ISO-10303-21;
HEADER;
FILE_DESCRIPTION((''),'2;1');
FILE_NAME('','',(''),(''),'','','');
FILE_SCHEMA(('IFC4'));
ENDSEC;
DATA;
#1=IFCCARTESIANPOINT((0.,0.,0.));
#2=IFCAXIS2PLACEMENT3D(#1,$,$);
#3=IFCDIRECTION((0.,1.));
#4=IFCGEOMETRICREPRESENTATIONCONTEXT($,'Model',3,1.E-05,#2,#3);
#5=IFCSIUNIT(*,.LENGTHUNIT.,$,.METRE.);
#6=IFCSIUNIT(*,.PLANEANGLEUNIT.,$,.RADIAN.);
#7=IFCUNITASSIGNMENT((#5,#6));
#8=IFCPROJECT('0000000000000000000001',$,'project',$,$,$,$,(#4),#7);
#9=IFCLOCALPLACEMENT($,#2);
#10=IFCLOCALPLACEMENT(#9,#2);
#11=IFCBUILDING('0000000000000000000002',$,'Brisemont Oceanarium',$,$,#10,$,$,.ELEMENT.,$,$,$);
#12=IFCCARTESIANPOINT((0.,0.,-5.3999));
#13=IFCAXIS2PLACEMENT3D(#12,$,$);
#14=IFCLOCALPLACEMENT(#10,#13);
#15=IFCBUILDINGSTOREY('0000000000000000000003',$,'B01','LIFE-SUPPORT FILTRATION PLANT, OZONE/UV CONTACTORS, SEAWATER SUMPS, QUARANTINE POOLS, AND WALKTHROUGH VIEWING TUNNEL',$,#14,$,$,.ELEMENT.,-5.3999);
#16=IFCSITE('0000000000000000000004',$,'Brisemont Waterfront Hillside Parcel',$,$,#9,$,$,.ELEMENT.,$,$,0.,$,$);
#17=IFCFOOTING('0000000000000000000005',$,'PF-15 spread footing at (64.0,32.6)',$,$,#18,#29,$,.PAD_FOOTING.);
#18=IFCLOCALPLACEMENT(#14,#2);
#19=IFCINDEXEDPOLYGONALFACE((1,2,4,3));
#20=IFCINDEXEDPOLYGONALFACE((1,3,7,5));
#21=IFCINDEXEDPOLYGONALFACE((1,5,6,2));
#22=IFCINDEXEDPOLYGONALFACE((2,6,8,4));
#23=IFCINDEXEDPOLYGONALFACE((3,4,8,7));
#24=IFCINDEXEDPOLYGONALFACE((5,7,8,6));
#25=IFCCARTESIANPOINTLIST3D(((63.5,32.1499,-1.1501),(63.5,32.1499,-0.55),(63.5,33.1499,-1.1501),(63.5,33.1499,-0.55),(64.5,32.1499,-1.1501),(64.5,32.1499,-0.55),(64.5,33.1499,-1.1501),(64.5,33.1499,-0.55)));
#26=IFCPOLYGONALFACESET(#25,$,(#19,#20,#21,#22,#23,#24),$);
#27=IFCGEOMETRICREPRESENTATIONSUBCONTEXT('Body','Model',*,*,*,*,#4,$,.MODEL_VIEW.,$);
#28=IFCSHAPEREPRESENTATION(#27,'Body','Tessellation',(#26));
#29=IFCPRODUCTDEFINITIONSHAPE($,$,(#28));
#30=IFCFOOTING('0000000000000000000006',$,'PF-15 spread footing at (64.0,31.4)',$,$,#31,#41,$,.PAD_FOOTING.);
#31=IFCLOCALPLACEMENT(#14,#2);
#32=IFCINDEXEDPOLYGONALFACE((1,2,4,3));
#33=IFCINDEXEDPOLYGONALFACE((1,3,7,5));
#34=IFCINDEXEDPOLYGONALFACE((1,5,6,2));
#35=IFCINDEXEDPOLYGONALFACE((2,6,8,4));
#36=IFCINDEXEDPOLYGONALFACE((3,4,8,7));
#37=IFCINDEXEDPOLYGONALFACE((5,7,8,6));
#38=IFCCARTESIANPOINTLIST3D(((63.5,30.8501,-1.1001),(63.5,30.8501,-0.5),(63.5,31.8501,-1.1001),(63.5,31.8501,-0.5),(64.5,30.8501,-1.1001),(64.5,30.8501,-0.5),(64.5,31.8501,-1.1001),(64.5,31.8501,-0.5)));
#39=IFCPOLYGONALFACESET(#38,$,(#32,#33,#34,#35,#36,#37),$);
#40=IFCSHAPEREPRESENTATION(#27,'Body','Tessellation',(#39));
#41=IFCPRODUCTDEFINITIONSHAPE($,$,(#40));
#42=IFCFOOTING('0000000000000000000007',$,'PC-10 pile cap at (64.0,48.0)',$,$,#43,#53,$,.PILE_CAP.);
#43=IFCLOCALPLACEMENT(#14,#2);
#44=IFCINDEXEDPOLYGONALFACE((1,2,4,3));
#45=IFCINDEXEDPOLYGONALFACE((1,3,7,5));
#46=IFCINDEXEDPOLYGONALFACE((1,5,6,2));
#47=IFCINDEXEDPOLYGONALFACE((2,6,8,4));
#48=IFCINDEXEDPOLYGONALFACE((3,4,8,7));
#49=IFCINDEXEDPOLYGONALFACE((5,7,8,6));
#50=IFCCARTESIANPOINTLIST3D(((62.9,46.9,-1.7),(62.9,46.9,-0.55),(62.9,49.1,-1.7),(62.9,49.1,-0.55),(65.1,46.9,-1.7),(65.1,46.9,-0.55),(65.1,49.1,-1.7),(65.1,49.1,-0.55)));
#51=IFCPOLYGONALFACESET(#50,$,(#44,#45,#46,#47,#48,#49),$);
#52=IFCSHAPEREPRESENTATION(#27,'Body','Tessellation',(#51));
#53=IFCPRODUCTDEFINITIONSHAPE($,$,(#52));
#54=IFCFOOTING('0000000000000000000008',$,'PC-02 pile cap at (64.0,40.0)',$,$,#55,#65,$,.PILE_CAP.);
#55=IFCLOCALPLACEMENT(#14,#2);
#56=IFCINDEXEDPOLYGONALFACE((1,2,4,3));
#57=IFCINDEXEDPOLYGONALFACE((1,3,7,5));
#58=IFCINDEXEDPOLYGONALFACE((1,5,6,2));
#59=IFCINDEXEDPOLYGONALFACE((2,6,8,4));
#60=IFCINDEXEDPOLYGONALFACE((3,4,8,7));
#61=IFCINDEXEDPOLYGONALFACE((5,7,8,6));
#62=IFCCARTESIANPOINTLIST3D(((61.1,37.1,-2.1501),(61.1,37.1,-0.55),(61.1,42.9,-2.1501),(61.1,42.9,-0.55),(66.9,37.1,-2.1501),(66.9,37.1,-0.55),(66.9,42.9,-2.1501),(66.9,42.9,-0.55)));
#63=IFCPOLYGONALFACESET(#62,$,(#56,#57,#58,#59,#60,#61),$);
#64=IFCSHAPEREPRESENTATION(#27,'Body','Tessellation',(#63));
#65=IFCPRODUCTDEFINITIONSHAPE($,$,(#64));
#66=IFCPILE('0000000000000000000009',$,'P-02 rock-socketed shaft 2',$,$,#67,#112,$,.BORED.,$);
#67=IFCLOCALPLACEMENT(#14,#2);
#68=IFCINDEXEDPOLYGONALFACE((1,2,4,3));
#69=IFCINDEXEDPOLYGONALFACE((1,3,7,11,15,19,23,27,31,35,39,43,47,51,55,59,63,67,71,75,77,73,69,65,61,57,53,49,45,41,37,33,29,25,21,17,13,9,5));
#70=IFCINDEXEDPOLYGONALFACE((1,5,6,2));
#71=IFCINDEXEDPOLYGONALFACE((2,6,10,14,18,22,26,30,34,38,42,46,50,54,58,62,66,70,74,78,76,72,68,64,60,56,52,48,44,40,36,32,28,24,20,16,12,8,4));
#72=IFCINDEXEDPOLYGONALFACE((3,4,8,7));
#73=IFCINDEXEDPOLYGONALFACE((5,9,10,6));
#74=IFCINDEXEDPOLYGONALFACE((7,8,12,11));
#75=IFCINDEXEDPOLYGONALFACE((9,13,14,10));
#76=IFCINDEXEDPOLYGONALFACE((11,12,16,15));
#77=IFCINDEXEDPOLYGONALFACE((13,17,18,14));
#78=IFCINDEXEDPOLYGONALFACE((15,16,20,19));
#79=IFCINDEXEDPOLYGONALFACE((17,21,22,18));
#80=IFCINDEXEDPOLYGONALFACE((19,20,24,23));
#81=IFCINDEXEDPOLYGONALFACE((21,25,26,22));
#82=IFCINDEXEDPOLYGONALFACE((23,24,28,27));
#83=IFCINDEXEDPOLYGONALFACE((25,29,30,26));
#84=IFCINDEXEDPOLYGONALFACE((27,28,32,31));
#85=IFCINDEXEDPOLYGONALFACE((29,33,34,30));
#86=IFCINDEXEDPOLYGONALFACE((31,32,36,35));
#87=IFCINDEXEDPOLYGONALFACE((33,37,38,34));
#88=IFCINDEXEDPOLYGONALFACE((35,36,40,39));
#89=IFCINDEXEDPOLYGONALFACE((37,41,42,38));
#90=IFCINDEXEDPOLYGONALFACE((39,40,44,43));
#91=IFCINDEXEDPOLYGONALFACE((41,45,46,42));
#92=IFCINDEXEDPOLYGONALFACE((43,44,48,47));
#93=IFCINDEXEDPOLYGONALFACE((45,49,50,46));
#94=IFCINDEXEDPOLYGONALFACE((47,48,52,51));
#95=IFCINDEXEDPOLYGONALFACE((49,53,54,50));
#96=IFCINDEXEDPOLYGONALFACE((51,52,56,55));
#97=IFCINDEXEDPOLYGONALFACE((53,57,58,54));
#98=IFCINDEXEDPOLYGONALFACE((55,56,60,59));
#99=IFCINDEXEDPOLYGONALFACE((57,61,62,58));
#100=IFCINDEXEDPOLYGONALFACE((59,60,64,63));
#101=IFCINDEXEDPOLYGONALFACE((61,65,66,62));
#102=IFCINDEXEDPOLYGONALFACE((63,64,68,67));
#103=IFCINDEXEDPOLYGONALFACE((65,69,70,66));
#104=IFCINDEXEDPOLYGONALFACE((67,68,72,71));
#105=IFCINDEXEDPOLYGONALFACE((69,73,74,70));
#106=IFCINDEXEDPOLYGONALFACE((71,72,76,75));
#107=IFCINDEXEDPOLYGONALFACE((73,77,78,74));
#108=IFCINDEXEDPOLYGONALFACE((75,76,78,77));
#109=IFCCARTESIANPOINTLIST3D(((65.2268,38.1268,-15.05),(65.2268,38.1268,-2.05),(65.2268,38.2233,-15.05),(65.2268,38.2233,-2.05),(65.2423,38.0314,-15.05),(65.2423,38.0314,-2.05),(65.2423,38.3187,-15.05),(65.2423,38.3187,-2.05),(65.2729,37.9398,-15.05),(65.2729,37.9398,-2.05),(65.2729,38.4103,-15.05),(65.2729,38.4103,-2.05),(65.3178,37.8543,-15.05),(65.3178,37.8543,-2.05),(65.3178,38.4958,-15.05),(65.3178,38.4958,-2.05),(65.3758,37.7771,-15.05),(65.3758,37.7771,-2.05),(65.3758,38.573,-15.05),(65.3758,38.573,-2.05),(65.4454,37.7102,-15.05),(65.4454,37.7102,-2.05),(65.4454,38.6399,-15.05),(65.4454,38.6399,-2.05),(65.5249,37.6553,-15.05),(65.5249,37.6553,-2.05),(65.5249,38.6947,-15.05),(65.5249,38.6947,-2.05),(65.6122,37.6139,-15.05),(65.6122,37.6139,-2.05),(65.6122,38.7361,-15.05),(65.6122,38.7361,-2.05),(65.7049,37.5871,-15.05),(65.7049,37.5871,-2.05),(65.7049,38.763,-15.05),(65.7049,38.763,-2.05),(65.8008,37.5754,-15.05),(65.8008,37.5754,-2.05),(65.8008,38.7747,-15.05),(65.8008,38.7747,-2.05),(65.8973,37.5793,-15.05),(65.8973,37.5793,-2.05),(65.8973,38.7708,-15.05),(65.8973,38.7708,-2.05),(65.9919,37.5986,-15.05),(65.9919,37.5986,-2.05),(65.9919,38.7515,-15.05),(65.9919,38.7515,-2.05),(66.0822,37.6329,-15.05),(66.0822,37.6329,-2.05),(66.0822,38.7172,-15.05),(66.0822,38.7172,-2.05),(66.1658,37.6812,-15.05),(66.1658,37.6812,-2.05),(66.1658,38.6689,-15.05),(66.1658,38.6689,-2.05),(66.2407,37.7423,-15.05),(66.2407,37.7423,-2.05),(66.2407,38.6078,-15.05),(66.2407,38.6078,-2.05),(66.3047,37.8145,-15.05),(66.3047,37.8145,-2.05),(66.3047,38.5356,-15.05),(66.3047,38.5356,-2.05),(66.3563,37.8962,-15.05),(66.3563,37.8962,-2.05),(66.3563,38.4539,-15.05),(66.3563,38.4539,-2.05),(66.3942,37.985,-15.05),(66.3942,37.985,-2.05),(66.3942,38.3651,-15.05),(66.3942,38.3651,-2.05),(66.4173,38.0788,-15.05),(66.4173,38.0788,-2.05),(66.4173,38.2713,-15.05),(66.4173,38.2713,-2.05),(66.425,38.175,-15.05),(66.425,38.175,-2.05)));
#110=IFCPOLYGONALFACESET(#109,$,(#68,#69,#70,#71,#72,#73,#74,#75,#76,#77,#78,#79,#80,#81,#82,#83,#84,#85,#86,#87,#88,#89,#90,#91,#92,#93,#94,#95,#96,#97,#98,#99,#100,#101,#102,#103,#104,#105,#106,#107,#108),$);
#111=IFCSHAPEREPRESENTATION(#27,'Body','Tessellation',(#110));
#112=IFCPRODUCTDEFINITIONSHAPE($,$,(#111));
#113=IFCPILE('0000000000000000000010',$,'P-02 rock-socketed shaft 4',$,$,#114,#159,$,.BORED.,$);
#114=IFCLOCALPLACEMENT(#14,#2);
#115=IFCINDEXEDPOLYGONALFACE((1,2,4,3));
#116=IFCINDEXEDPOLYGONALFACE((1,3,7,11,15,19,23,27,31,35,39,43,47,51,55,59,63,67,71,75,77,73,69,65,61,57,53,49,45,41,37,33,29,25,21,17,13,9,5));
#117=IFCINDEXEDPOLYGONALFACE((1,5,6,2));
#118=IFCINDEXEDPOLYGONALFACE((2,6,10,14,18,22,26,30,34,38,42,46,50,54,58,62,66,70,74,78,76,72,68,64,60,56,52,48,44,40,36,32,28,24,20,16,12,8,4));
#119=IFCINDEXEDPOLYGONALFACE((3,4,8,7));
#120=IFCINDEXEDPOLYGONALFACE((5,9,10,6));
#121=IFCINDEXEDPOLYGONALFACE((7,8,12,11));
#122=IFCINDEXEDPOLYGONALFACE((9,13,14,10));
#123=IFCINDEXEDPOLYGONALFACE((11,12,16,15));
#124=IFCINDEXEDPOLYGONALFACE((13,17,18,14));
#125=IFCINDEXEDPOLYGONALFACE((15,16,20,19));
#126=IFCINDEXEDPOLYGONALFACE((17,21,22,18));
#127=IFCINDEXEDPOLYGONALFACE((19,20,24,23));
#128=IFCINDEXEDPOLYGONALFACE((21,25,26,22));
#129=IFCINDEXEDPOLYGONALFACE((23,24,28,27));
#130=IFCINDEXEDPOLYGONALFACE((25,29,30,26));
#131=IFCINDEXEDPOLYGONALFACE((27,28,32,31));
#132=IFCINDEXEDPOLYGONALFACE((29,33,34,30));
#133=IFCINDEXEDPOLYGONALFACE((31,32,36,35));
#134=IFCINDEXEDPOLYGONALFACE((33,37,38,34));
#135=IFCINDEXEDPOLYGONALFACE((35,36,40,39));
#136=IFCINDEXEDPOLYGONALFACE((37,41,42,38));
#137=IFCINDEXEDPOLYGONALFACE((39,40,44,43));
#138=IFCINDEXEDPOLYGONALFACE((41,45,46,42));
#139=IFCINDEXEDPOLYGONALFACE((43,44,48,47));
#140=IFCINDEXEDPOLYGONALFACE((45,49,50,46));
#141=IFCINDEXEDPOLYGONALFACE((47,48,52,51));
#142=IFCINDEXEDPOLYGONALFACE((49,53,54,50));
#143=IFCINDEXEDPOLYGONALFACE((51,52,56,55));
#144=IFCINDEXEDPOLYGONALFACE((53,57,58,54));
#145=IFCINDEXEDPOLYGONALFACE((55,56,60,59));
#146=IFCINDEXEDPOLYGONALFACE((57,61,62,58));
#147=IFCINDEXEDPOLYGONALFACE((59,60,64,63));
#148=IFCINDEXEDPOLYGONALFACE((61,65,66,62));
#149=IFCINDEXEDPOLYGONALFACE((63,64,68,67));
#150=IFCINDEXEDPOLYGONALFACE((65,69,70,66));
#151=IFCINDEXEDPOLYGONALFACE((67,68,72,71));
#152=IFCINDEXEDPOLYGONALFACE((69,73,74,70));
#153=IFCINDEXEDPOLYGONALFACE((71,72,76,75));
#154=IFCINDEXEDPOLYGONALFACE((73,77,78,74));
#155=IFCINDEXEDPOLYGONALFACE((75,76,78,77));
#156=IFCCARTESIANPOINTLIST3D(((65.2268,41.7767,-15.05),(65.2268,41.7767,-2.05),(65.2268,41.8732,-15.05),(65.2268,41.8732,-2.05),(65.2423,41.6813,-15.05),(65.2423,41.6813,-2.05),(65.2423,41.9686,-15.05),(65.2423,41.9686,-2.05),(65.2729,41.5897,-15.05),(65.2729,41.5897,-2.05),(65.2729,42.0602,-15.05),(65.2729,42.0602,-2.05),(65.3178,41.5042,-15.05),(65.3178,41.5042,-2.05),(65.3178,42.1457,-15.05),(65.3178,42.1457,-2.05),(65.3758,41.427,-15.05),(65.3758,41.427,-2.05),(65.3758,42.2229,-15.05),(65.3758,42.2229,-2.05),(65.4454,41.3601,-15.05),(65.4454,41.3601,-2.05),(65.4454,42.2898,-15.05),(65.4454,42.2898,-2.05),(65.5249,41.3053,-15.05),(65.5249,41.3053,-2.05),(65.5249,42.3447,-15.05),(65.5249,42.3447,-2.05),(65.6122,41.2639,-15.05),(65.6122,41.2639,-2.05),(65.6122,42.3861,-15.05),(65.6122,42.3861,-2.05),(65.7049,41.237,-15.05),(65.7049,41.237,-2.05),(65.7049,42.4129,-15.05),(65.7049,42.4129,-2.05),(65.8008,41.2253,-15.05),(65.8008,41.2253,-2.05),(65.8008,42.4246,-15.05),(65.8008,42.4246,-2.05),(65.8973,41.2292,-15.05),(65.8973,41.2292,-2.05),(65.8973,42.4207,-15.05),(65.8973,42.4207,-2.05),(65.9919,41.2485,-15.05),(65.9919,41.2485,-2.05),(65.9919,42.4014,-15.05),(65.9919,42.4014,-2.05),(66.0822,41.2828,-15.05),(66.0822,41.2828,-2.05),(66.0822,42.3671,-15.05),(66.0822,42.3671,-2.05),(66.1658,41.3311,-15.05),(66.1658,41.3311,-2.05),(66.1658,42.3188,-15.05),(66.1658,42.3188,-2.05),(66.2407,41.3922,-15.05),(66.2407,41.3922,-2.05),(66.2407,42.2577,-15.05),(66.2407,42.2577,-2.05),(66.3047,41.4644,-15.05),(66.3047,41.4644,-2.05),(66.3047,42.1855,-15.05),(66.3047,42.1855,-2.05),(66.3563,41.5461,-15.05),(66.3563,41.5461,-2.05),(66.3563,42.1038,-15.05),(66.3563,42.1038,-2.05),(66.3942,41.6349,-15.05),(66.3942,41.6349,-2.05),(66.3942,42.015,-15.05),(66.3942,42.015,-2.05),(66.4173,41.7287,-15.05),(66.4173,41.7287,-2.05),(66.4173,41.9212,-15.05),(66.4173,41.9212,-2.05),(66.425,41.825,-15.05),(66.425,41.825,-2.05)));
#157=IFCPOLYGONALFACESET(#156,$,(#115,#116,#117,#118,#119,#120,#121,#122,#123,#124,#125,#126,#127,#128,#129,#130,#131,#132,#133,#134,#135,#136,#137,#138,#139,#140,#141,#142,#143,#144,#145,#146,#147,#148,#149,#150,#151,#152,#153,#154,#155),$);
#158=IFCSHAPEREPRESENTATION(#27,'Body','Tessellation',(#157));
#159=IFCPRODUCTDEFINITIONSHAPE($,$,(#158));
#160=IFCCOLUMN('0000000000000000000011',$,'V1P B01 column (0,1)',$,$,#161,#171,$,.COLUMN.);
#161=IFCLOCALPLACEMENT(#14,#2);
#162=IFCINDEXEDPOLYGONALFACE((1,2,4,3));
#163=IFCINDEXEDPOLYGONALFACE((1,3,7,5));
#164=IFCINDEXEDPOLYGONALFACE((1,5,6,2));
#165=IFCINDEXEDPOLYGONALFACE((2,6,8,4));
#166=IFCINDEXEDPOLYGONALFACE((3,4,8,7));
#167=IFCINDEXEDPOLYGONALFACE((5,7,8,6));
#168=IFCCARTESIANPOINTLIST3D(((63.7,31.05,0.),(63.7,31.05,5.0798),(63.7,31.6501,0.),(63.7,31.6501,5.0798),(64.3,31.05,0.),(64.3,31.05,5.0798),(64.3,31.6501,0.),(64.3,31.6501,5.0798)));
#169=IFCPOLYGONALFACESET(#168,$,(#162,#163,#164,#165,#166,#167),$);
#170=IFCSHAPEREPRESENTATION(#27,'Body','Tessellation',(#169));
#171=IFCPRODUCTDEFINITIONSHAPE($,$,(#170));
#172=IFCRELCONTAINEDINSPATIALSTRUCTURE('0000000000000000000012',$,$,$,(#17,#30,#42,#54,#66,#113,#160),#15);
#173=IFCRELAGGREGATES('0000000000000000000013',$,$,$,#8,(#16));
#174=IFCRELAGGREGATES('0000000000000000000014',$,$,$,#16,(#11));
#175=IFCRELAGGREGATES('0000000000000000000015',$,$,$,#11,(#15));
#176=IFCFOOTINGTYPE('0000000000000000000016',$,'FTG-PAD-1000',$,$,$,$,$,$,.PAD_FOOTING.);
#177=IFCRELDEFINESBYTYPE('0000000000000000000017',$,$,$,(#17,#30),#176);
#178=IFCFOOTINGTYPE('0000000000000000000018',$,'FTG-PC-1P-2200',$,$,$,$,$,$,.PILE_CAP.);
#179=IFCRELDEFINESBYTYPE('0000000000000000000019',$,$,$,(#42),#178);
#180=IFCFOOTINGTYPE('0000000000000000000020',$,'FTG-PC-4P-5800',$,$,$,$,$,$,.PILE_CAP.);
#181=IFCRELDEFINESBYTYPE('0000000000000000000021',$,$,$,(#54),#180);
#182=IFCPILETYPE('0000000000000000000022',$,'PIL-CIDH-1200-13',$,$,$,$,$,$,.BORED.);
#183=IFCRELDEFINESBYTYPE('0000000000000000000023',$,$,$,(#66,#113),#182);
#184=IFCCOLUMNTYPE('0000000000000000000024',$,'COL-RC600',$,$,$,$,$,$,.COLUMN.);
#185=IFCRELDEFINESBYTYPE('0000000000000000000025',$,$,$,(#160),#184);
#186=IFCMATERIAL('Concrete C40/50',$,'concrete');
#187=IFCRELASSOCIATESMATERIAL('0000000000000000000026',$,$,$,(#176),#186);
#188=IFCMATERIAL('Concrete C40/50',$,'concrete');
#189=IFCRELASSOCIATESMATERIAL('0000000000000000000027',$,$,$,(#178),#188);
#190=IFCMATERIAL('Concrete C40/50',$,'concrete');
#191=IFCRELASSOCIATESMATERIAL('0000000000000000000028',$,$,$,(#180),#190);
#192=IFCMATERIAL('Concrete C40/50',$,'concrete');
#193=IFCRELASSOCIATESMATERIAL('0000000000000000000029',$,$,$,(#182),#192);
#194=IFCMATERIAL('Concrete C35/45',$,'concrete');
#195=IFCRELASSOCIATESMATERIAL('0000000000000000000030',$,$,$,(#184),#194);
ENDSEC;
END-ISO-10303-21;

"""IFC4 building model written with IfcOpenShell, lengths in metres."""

from ifc_helpers import new_model, si_unit, direction, frame, origin, origin_2d, place, context, subcontext, project, spatial, rectangle, circle, extrude, material, material_profile, profile_set, type_object, element, save


model = new_model("IFC4")

# Units and contexts
model_context = context("Model", 3, precision=1e-05, world=origin(), true_north=direction((0.0, 1.0)))
body_context = subcontext(model_context, "Body", "Model", "MODEL_VIEW")
ifc_project = project(units=[si_unit("LENGTHUNIT", "METRE"), si_unit("PLANEANGLEUNIT", "RADIAN")], contexts=[model_context])

# Site, building, storey
site_placement = place(None, origin())
site = spatial("IfcSite", under=ifc_project, at=site_placement, Name="Brisemont Waterfront Hillside Parcel", CompositionType="ELEMENT", RefElevation=0.0)
building_placement = place(site_placement, origin())
building = spatial("IfcBuilding", under=site, at=building_placement, Name="Brisemont Oceanarium", CompositionType="ELEMENT")
storey_placement = place(building_placement, frame((0.0, 0.0, -5.3999)))
storey = spatial("IfcBuildingStorey", under=building, at=storey_placement, Name="B01", Description="LIFE-SUPPORT FILTRATION PLANT, OZONE/UV CONTACTORS, SEAWATER SUMPS, QUARANTINE POOLS, AND WALKTHROUGH VIEWING TUNNEL", CompositionType="ELEMENT", Elevation=-5.3999)

# Footings
ifc_material_1 = material(Name="Concrete C40/50", Category="concrete")
footing_type_1 = type_object("IfcFootingType", Name="FTG-PAD-1000", PredefinedType="PAD_FOOTING", material=ifc_material_1)
for number, where, z_axis, x_axis, name in (
    (1, (64.0, 32.6499, -1.1501), (0.0, 0.0, 1.0), (1.0, 0.0, 0.0), "PF-15 spread footing at (64.0,32.6)"),
    (2, (64.0, 31.3501, -1.1001), (0.0, 0.0, 1.0), (1.0, 0.0, 0.0), "PF-15 spread footing at (64.0,31.4)"),
):
    element("IfcFooting", number, at=place(storey_placement, frame(where, z_axis=z_axis, x_axis=x_axis)), inside=storey, type_object=footing_type_1, Name=name, PredefinedType="PAD_FOOTING", context=body_context, shape_type="SweptSolid", body=[
        extrude(rectangle(XDim=1.0, YDim=1.0, at=origin_2d()), origin(), (0.0, 0.0, 1.0), 0.6001),
    ])
ifc_material_2 = material(Name="Concrete C40/50", Category="concrete")
footing_type_2 = type_object("IfcFootingType", Name="FTG-PC-1P-2200", PredefinedType="PILE_CAP", material=ifc_material_2)
footing_1_placement = place(storey_placement, frame((64.0, 48.0, -1.7), z_axis=(0.0, 0.0, 1.0), x_axis=(1.0, 0.0, 0.0)))
element("IfcFooting", 3, at=footing_1_placement, inside=storey, type_object=footing_type_2, Name="PC-10 pile cap at (64.0,48.0)", PredefinedType="PILE_CAP", context=body_context, shape_type="SweptSolid", body=[
    extrude(rectangle(XDim=2.2, YDim=2.2, at=origin_2d()), origin(), (0.0, 0.0, 1.0), 1.1499),
])
ifc_material_3 = material(Name="Concrete C40/50", Category="concrete")
footing_type_3 = type_object("IfcFootingType", Name="FTG-PC-4P-5800", PredefinedType="PILE_CAP", material=ifc_material_3)
footing_2_placement = place(storey_placement, frame((64.0, 40.0, -2.1501), z_axis=(0.0, 0.0, 1.0), x_axis=(1.0, 0.0, 0.0)))
element("IfcFooting", 4, at=footing_2_placement, inside=storey, type_object=footing_type_3, Name="PC-02 pile cap at (64.0,40.0)", PredefinedType="PILE_CAP", context=body_context, shape_type="SweptSolid", body=[
    extrude(rectangle(XDim=5.8, YDim=5.8, at=origin_2d()), origin(), (0.0, 0.0, 1.0), 1.6001),
])

# Piles
ifc_material_4 = material(Name="Concrete C40/50", Category="concrete")
ifc_material_profile_1 = material_profile(ifc_material_4, circle(Radius=0.6001, at=origin_2d()), Name="CIDH-D1200")
ifc_profile_set_1 = profile_set([ifc_material_profile_1], Name="Concrete C40/50")
pile_type = type_object("IfcPileType", Name="PIL-CIDH-1200-13", PredefinedType="BORED", material=ifc_profile_set_1)
for number, where, z_axis, x_axis, name in (
    (5, (65.825, 38.175, -2.05), (0.0, 0.0, -1.0), (1.0, 0.0, 0.0), "P-02 rock-socketed shaft 2"),
    (6, (65.825, 41.825, -2.05), (0.0, 0.0, -1.0), (1.0, 0.0, 0.0), "P-02 rock-socketed shaft 4"),
):
    element("IfcPile", number, at=place(storey_placement, frame(where, z_axis=z_axis, x_axis=x_axis)), inside=storey, type_object=pile_type, Name=name, PredefinedType="BORED", context=body_context, shape_type="SweptSolid", body=[
        extrude(circle(Radius=0.6001, at=origin_2d()), origin(), (0.0, 0.0, 1.0), 13.0),
    ])

# Column
ifc_material_5 = material(Name="Concrete C35/45", Category="concrete")
ifc_material_profile_2 = material_profile(ifc_material_5, rectangle(XDim=0.6001, YDim=0.6001, at=origin_2d()), Name="RC-COL-600X600")
ifc_profile_set_2 = profile_set([ifc_material_profile_2], Name="Concrete C35/45")
column_type_1 = type_object("IfcColumnType", Name="COL-RC600", PredefinedType="COLUMN", material=ifc_profile_set_2)
column_1_placement = place(storey_placement, frame((64.0, 31.3501, 0.0), z_axis=(0.0, 0.0, 1.0), x_axis=(0.0, 1.0, 0.0)))
element("IfcColumn", 7, at=column_1_placement, inside=storey, type_object=column_type_1, Name="V1P B01 column (0,1)", PredefinedType="COLUMN", context=body_context, shape_type="SweptSolid", body=[
    extrude(rectangle(XDim=0.6001, YDim=0.6001, at=origin_2d()), origin(), (0.0, 0.0, 1.0), 5.0798),
])

save(model, "model.ifc")
